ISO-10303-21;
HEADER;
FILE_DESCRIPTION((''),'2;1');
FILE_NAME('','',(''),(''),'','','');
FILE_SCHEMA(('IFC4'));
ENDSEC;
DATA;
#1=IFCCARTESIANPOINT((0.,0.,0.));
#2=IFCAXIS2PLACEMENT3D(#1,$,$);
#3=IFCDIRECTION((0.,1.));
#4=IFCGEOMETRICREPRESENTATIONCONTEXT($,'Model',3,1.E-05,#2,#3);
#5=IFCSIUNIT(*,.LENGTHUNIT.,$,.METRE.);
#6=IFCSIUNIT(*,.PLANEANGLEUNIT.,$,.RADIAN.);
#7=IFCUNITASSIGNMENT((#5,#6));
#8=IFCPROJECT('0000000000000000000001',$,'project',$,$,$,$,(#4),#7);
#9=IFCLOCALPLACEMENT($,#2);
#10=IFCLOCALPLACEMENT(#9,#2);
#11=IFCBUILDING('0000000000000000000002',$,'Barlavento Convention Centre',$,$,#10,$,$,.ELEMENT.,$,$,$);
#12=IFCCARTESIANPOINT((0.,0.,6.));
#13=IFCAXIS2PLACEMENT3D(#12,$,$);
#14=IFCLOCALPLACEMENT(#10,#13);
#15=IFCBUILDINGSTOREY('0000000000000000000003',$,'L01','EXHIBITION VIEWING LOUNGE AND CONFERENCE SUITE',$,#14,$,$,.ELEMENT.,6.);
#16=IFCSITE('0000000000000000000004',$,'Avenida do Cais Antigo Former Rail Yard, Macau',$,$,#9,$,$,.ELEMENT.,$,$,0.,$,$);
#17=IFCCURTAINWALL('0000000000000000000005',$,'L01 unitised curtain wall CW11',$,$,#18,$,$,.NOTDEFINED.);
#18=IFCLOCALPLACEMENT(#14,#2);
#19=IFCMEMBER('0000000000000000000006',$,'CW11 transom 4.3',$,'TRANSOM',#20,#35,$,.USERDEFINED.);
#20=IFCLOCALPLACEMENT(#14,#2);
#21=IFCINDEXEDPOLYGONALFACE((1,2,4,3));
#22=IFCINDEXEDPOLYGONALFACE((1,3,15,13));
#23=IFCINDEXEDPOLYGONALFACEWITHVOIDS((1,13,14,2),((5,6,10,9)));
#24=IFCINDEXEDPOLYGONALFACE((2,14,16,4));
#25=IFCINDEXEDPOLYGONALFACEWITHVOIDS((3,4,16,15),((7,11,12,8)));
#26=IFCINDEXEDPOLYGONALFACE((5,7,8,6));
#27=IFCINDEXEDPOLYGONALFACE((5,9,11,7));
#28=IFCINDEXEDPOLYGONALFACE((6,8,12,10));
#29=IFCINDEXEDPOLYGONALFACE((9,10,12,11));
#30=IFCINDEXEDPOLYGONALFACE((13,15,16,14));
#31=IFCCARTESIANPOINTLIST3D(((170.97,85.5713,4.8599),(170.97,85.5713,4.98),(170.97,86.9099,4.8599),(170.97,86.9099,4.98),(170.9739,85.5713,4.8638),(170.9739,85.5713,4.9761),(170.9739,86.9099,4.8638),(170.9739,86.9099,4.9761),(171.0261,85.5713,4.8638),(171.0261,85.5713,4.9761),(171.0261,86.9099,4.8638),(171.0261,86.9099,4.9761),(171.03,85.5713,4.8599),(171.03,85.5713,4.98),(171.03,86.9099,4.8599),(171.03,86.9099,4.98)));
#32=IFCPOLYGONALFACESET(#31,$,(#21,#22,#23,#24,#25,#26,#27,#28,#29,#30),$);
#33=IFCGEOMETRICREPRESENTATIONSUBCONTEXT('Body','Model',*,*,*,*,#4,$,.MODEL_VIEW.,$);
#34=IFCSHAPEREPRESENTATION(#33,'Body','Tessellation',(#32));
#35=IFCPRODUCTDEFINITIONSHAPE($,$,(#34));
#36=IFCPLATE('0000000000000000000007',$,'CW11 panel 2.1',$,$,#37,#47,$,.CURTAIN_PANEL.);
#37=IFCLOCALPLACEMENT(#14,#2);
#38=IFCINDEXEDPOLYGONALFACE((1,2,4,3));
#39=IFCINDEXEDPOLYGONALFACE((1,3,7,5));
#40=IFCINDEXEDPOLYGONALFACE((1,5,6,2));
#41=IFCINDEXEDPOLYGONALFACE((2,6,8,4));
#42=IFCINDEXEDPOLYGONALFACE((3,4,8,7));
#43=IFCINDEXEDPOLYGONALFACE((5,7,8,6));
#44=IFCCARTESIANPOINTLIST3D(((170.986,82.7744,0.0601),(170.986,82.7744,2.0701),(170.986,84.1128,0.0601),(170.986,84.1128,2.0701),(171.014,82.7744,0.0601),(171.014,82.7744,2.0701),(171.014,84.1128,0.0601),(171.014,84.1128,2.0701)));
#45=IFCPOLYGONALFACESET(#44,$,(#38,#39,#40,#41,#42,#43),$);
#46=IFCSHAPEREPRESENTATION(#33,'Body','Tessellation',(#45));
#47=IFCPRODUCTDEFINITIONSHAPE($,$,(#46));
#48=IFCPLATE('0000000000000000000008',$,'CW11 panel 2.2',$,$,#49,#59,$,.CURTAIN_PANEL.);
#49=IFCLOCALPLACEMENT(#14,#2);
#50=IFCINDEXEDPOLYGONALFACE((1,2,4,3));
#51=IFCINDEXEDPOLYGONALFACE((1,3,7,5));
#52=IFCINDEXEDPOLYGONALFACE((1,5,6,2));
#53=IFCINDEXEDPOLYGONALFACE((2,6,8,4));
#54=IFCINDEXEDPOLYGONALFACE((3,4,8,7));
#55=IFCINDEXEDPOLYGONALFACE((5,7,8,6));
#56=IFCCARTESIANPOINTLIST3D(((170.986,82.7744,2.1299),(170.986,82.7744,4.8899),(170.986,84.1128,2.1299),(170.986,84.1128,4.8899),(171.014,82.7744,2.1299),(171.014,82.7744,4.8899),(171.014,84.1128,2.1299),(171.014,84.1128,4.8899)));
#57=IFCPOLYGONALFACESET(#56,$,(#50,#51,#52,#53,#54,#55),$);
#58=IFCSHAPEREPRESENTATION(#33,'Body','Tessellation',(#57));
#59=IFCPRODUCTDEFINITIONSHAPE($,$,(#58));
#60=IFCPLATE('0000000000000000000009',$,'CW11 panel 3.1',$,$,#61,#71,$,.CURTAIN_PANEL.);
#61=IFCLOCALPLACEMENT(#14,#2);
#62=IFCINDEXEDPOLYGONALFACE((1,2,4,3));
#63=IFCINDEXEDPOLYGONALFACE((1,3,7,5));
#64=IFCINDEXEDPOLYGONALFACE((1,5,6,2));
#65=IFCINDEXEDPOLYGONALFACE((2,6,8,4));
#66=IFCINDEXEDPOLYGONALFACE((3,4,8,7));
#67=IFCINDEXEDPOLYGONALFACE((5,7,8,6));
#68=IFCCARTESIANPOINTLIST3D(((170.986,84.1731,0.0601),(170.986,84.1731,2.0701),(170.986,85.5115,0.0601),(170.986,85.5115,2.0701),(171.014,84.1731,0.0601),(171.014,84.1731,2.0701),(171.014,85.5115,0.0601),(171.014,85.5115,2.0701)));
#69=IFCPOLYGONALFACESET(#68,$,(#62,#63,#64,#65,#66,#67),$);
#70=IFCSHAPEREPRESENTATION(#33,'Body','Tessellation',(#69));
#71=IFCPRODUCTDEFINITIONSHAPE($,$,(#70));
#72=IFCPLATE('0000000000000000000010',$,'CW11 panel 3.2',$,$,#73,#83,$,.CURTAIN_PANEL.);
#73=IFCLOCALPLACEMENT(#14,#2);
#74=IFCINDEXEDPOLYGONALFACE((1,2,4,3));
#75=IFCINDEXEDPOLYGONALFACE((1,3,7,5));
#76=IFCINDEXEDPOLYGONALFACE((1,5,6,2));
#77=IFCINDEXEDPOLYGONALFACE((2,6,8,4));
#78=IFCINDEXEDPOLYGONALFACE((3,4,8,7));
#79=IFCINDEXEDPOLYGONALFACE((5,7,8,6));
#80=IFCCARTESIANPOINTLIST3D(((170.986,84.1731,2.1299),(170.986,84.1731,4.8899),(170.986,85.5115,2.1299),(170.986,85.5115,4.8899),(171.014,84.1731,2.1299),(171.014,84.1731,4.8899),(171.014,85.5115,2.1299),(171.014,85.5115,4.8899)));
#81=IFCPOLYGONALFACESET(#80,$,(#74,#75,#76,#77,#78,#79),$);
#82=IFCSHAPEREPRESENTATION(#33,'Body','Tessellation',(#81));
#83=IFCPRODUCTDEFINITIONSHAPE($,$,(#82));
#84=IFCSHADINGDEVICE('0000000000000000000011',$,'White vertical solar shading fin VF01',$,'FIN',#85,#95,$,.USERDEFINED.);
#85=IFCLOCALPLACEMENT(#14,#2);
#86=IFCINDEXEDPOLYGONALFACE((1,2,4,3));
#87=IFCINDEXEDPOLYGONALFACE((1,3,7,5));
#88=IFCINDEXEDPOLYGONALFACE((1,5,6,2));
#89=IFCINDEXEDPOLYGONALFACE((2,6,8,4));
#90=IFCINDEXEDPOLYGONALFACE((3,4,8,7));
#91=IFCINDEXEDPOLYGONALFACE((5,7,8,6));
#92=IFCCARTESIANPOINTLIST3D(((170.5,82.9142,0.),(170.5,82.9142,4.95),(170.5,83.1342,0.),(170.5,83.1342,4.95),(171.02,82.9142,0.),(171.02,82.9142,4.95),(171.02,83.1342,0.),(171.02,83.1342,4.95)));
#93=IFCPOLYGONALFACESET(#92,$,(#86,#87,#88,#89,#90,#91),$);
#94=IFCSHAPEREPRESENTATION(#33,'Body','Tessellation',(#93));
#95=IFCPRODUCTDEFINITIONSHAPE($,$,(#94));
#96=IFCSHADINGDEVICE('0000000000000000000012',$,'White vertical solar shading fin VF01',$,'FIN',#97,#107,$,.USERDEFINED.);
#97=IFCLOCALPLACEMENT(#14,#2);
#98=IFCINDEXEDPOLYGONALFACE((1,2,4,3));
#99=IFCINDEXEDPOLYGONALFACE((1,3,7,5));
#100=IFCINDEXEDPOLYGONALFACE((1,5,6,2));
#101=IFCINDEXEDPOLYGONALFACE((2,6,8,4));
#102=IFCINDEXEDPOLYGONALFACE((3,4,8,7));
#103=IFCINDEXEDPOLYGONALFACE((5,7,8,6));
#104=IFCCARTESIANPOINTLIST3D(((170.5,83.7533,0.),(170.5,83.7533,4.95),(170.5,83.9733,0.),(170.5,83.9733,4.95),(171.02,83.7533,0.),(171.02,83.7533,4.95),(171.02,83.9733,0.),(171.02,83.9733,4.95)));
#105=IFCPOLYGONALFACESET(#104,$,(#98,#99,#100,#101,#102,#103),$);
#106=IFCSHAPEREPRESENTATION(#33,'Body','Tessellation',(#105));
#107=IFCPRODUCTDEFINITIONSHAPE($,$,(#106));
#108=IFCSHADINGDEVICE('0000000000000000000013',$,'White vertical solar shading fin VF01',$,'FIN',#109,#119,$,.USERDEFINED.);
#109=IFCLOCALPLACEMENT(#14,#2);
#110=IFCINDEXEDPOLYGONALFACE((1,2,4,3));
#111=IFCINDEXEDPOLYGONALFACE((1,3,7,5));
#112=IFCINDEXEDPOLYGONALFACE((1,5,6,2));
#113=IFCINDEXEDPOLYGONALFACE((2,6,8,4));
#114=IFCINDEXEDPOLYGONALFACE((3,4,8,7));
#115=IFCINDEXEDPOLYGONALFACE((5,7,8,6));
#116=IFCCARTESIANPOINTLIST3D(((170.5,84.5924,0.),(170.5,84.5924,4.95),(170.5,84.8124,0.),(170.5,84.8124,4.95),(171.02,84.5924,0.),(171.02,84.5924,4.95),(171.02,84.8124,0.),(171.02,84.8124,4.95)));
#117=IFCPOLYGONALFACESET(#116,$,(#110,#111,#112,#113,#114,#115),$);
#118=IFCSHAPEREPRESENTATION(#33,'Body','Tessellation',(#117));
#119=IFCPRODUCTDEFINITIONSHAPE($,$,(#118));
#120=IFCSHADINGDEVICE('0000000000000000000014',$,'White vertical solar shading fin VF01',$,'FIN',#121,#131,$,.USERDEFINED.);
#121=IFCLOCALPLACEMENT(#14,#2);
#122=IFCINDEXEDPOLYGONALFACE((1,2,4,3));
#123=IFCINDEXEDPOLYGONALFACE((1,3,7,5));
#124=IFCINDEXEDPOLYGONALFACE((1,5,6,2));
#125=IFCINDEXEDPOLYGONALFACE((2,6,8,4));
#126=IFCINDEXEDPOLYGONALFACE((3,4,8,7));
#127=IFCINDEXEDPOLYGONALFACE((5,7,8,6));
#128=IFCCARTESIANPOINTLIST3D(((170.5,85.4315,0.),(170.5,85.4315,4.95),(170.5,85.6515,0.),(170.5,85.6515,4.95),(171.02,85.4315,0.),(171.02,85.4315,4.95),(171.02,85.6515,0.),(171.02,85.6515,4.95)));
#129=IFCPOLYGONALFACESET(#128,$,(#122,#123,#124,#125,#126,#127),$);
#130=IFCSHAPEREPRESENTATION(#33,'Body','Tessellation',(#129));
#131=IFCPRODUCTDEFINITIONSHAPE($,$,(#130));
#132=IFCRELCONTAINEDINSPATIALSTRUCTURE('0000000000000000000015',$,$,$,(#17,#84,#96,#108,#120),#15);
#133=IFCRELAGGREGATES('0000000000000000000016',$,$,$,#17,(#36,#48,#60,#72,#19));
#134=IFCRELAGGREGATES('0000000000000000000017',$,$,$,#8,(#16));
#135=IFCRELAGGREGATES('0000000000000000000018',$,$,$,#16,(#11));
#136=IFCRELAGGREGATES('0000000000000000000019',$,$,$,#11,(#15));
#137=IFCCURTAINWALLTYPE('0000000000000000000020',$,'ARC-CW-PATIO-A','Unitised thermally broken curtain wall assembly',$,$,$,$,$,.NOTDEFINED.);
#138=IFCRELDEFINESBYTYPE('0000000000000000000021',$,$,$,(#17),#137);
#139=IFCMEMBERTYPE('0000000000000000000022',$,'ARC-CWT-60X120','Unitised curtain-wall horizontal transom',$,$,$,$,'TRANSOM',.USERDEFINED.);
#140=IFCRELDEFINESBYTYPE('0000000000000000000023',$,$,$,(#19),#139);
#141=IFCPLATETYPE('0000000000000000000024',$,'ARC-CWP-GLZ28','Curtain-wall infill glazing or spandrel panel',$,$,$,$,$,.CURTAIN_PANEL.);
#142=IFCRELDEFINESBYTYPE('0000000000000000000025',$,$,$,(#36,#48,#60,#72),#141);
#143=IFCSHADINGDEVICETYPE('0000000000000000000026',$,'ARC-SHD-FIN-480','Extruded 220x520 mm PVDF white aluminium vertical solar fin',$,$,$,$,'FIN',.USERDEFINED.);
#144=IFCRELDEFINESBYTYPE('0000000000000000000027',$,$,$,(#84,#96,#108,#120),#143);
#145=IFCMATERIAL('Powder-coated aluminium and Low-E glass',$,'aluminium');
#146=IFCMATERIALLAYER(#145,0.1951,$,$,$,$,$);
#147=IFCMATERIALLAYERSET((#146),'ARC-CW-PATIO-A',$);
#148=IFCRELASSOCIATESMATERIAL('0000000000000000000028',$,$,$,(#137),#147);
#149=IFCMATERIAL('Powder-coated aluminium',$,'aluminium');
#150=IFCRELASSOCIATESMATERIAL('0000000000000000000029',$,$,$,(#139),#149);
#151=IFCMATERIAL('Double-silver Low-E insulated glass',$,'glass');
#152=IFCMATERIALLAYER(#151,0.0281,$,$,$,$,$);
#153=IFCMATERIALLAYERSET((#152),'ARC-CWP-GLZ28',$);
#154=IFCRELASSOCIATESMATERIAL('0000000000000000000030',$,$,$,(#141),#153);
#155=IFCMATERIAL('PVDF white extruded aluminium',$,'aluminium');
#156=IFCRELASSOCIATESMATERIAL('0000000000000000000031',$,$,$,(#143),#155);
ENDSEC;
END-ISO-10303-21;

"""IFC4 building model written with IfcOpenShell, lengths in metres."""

from ifc_helpers import new_model, si_unit, direction, frame, origin, origin_2d, place, context, subcontext, project, spatial, rectangle, hollow_rectangle, extrude, material, layer, layer_set, material_profile, profile_set, type_object, element, aggregate, save


model = new_model("IFC4")

# Units and contexts
model_context = context("Model", 3, precision=1e-05, world=origin(), true_north=direction((0.0, 1.0)))
body_context = subcontext(model_context, "Body", "Model", "MODEL_VIEW")
ifc_project = project(units=[si_unit("LENGTHUNIT", "METRE"), si_unit("PLANEANGLEUNIT", "RADIAN")], contexts=[model_context])

# Site, building, storey
site_placement = place(None, origin())
site = spatial("IfcSite", under=ifc_project, at=site_placement, Name="Avenida do Cais Antigo Former Rail Yard, Macau", CompositionType="ELEMENT", RefElevation=0.0)
building_placement = place(site_placement, origin())
building = spatial("IfcBuilding", under=site, at=building_placement, Name="Barlavento Convention Centre", CompositionType="ELEMENT")
storey_placement = place(building_placement, frame((0.0, 0.0, 6.0)))
storey = spatial("IfcBuildingStorey", under=building, at=storey_placement, Name="L01", Description="EXHIBITION VIEWING LOUNGE AND CONFERENCE SUITE", CompositionType="ELEMENT", Elevation=6.0)

# Curtain wall, member, plates
ifc_material_1 = material(Name="Powder-coated aluminium and Low-E glass", Category="aluminium")
ifc_layer_1 = layer(ifc_material_1, 0.1951)
ifc_layer_set_1 = layer_set([ifc_layer_1], Name="ARC-CW-PATIO-A")
curtain_wall_type = type_object("IfcCurtainWallType", Name="ARC-CW-PATIO-A", Description="Unitised thermally broken curtain wall assembly", PredefinedType="NOTDEFINED", material=ifc_layer_set_1)
curtain_wall_placement = place(storey_placement, origin())
curtain_wall = element("IfcCurtainWall", 1, at=curtain_wall_placement, inside=storey, type_object=curtain_wall_type, Name="L01 unitised curtain wall CW11", PredefinedType="NOTDEFINED")
ifc_material_2 = material(Name="Powder-coated aluminium", Category="aluminium")
ifc_material_profile_1 = material_profile(ifc_material_2, hollow_rectangle(XDim=0.0601, YDim=0.1201, WallThickness=0.0039, at=origin_2d()), Name="AL-TRAN 60x120x4")
ifc_profile_set_1 = profile_set([ifc_material_profile_1], Name="Powder-coated aluminium")
member_type_1 = type_object("IfcMemberType", Name="ARC-CWT-60X120", Description="Unitised curtain-wall horizontal transom", ElementType="TRANSOM", PredefinedType="USERDEFINED", material=ifc_profile_set_1)
member_1_placement = place(storey_placement, frame((171.0, 85.5713, 4.9199), z_axis=(0.0, 1.0, 0.0), x_axis=(-1.0, 0.0, 0.0)))
member_1 = element("IfcMember", 2, at=member_1_placement, type_object=member_type_1, Name="CW11 transom 4.3", ObjectType="TRANSOM", PredefinedType="USERDEFINED", context=body_context, shape_type="SweptSolid", body=[
    extrude(hollow_rectangle(XDim=0.0601, YDim=0.1201, WallThickness=0.0039, at=origin_2d()), origin(), (0.0, 0.0, 1.0), 1.3386),
])
ifc_material_3 = material(Name="Double-silver Low-E insulated glass", Category="glass")
ifc_layer_2 = layer(ifc_material_3, 0.0281)
ifc_layer_set_2 = layer_set([ifc_layer_2], Name="ARC-CWP-GLZ28")
plate_type = type_object("IfcPlateType", Name="ARC-CWP-GLZ28", Description="Curtain-wall infill glazing or spandrel panel", PredefinedType="CURTAIN_PANEL", material=ifc_layer_set_2)
plate_1_placement = place(storey_placement, frame((171.0, 83.4436, 0.0601), z_axis=(0.0, 0.0, 1.0), x_axis=(0.0, 1.0, 0.0)))
plate_1 = element("IfcPlate", 3, at=plate_1_placement, type_object=plate_type, Name="CW11 panel 2.1", PredefinedType="CURTAIN_PANEL", context=body_context, shape_type="SweptSolid", body=[
    extrude(rectangle(XDim=1.3384, YDim=0.0281, at=origin_2d()), origin(), (0.0, 0.0, 1.0), 2.01),
])
plate_2_placement = place(storey_placement, frame((171.0, 83.4436, 2.1299), z_axis=(0.0, 0.0, 1.0), x_axis=(0.0, 1.0, 0.0)))
plate_2 = element("IfcPlate", 4, at=plate_2_placement, type_object=plate_type, Name="CW11 panel 2.2", PredefinedType="CURTAIN_PANEL", context=body_context, shape_type="SweptSolid", body=[
    extrude(rectangle(XDim=1.3384, YDim=0.0281, at=origin_2d()), origin(), (0.0, 0.0, 1.0), 2.76),
])
plate_3_placement = place(storey_placement, frame((171.0, 84.8423, 0.0601), z_axis=(0.0, 0.0, 1.0), x_axis=(0.0, 1.0, 0.0)))
plate_3 = element("IfcPlate", 5, at=plate_3_placement, type_object=plate_type, Name="CW11 panel 3.1", PredefinedType="CURTAIN_PANEL", context=body_context, shape_type="SweptSolid", body=[
    extrude(rectangle(XDim=1.3384, YDim=0.0281, at=origin_2d()), origin(), (0.0, 0.0, 1.0), 2.01),
])
plate_4_placement = place(storey_placement, frame((171.0, 84.8423, 2.1299), z_axis=(0.0, 0.0, 1.0), x_axis=(0.0, 1.0, 0.0)))
plate_4 = element("IfcPlate", 6, at=plate_4_placement, type_object=plate_type, Name="CW11 panel 3.2", PredefinedType="CURTAIN_PANEL", context=body_context, shape_type="SweptSolid", body=[
    extrude(rectangle(XDim=1.3384, YDim=0.0281, at=origin_2d()), origin(), (0.0, 0.0, 1.0), 2.76),
])
aggregate(curtain_wall, [plate_1, plate_2, plate_3, plate_4, member_1])

# Shading devices
ifc_material_4 = material(Name="PVDF white extruded aluminium", Category="aluminium")
shading_device_type = type_object("IfcShadingDeviceType", Name="ARC-SHD-FIN-480", Description="Extruded 220x520 mm PVDF white aluminium vertical solar fin", ElementType="FIN", PredefinedType="USERDEFINED", material=ifc_material_4)
for number, where, z_axis, x_axis, name in (
    (7, (170.76, 83.0242, 0.0), (0.0, 0.0, 1.0), (0.0, 1.0, 0.0), "White vertical solar shading fin VF01"),
    (8, (170.76, 83.8633, 0.0), (0.0, 0.0, 1.0), (0.0, 1.0, 0.0), "White vertical solar shading fin VF01"),
    (9, (170.76, 84.7024, 0.0), (0.0, 0.0, 1.0), (0.0, 1.0, 0.0), "White vertical solar shading fin VF01"),
    (10, (170.76, 85.5415, 0.0), (0.0, 0.0, 1.0), (0.0, 1.0, 0.0), "White vertical solar shading fin VF01"),
):
    element("IfcShadingDevice", number, at=place(storey_placement, frame(where, z_axis=z_axis, x_axis=x_axis)), inside=storey, type_object=shading_device_type, Name=name, ObjectType="FIN", PredefinedType="USERDEFINED", context=body_context, shape_type="SweptSolid", body=[
        extrude(rectangle(XDim=0.22, YDim=0.52, at=origin_2d()), origin(), (0.0, 0.0, 1.0), 4.95),
    ])

save(model, "model.ifc")
